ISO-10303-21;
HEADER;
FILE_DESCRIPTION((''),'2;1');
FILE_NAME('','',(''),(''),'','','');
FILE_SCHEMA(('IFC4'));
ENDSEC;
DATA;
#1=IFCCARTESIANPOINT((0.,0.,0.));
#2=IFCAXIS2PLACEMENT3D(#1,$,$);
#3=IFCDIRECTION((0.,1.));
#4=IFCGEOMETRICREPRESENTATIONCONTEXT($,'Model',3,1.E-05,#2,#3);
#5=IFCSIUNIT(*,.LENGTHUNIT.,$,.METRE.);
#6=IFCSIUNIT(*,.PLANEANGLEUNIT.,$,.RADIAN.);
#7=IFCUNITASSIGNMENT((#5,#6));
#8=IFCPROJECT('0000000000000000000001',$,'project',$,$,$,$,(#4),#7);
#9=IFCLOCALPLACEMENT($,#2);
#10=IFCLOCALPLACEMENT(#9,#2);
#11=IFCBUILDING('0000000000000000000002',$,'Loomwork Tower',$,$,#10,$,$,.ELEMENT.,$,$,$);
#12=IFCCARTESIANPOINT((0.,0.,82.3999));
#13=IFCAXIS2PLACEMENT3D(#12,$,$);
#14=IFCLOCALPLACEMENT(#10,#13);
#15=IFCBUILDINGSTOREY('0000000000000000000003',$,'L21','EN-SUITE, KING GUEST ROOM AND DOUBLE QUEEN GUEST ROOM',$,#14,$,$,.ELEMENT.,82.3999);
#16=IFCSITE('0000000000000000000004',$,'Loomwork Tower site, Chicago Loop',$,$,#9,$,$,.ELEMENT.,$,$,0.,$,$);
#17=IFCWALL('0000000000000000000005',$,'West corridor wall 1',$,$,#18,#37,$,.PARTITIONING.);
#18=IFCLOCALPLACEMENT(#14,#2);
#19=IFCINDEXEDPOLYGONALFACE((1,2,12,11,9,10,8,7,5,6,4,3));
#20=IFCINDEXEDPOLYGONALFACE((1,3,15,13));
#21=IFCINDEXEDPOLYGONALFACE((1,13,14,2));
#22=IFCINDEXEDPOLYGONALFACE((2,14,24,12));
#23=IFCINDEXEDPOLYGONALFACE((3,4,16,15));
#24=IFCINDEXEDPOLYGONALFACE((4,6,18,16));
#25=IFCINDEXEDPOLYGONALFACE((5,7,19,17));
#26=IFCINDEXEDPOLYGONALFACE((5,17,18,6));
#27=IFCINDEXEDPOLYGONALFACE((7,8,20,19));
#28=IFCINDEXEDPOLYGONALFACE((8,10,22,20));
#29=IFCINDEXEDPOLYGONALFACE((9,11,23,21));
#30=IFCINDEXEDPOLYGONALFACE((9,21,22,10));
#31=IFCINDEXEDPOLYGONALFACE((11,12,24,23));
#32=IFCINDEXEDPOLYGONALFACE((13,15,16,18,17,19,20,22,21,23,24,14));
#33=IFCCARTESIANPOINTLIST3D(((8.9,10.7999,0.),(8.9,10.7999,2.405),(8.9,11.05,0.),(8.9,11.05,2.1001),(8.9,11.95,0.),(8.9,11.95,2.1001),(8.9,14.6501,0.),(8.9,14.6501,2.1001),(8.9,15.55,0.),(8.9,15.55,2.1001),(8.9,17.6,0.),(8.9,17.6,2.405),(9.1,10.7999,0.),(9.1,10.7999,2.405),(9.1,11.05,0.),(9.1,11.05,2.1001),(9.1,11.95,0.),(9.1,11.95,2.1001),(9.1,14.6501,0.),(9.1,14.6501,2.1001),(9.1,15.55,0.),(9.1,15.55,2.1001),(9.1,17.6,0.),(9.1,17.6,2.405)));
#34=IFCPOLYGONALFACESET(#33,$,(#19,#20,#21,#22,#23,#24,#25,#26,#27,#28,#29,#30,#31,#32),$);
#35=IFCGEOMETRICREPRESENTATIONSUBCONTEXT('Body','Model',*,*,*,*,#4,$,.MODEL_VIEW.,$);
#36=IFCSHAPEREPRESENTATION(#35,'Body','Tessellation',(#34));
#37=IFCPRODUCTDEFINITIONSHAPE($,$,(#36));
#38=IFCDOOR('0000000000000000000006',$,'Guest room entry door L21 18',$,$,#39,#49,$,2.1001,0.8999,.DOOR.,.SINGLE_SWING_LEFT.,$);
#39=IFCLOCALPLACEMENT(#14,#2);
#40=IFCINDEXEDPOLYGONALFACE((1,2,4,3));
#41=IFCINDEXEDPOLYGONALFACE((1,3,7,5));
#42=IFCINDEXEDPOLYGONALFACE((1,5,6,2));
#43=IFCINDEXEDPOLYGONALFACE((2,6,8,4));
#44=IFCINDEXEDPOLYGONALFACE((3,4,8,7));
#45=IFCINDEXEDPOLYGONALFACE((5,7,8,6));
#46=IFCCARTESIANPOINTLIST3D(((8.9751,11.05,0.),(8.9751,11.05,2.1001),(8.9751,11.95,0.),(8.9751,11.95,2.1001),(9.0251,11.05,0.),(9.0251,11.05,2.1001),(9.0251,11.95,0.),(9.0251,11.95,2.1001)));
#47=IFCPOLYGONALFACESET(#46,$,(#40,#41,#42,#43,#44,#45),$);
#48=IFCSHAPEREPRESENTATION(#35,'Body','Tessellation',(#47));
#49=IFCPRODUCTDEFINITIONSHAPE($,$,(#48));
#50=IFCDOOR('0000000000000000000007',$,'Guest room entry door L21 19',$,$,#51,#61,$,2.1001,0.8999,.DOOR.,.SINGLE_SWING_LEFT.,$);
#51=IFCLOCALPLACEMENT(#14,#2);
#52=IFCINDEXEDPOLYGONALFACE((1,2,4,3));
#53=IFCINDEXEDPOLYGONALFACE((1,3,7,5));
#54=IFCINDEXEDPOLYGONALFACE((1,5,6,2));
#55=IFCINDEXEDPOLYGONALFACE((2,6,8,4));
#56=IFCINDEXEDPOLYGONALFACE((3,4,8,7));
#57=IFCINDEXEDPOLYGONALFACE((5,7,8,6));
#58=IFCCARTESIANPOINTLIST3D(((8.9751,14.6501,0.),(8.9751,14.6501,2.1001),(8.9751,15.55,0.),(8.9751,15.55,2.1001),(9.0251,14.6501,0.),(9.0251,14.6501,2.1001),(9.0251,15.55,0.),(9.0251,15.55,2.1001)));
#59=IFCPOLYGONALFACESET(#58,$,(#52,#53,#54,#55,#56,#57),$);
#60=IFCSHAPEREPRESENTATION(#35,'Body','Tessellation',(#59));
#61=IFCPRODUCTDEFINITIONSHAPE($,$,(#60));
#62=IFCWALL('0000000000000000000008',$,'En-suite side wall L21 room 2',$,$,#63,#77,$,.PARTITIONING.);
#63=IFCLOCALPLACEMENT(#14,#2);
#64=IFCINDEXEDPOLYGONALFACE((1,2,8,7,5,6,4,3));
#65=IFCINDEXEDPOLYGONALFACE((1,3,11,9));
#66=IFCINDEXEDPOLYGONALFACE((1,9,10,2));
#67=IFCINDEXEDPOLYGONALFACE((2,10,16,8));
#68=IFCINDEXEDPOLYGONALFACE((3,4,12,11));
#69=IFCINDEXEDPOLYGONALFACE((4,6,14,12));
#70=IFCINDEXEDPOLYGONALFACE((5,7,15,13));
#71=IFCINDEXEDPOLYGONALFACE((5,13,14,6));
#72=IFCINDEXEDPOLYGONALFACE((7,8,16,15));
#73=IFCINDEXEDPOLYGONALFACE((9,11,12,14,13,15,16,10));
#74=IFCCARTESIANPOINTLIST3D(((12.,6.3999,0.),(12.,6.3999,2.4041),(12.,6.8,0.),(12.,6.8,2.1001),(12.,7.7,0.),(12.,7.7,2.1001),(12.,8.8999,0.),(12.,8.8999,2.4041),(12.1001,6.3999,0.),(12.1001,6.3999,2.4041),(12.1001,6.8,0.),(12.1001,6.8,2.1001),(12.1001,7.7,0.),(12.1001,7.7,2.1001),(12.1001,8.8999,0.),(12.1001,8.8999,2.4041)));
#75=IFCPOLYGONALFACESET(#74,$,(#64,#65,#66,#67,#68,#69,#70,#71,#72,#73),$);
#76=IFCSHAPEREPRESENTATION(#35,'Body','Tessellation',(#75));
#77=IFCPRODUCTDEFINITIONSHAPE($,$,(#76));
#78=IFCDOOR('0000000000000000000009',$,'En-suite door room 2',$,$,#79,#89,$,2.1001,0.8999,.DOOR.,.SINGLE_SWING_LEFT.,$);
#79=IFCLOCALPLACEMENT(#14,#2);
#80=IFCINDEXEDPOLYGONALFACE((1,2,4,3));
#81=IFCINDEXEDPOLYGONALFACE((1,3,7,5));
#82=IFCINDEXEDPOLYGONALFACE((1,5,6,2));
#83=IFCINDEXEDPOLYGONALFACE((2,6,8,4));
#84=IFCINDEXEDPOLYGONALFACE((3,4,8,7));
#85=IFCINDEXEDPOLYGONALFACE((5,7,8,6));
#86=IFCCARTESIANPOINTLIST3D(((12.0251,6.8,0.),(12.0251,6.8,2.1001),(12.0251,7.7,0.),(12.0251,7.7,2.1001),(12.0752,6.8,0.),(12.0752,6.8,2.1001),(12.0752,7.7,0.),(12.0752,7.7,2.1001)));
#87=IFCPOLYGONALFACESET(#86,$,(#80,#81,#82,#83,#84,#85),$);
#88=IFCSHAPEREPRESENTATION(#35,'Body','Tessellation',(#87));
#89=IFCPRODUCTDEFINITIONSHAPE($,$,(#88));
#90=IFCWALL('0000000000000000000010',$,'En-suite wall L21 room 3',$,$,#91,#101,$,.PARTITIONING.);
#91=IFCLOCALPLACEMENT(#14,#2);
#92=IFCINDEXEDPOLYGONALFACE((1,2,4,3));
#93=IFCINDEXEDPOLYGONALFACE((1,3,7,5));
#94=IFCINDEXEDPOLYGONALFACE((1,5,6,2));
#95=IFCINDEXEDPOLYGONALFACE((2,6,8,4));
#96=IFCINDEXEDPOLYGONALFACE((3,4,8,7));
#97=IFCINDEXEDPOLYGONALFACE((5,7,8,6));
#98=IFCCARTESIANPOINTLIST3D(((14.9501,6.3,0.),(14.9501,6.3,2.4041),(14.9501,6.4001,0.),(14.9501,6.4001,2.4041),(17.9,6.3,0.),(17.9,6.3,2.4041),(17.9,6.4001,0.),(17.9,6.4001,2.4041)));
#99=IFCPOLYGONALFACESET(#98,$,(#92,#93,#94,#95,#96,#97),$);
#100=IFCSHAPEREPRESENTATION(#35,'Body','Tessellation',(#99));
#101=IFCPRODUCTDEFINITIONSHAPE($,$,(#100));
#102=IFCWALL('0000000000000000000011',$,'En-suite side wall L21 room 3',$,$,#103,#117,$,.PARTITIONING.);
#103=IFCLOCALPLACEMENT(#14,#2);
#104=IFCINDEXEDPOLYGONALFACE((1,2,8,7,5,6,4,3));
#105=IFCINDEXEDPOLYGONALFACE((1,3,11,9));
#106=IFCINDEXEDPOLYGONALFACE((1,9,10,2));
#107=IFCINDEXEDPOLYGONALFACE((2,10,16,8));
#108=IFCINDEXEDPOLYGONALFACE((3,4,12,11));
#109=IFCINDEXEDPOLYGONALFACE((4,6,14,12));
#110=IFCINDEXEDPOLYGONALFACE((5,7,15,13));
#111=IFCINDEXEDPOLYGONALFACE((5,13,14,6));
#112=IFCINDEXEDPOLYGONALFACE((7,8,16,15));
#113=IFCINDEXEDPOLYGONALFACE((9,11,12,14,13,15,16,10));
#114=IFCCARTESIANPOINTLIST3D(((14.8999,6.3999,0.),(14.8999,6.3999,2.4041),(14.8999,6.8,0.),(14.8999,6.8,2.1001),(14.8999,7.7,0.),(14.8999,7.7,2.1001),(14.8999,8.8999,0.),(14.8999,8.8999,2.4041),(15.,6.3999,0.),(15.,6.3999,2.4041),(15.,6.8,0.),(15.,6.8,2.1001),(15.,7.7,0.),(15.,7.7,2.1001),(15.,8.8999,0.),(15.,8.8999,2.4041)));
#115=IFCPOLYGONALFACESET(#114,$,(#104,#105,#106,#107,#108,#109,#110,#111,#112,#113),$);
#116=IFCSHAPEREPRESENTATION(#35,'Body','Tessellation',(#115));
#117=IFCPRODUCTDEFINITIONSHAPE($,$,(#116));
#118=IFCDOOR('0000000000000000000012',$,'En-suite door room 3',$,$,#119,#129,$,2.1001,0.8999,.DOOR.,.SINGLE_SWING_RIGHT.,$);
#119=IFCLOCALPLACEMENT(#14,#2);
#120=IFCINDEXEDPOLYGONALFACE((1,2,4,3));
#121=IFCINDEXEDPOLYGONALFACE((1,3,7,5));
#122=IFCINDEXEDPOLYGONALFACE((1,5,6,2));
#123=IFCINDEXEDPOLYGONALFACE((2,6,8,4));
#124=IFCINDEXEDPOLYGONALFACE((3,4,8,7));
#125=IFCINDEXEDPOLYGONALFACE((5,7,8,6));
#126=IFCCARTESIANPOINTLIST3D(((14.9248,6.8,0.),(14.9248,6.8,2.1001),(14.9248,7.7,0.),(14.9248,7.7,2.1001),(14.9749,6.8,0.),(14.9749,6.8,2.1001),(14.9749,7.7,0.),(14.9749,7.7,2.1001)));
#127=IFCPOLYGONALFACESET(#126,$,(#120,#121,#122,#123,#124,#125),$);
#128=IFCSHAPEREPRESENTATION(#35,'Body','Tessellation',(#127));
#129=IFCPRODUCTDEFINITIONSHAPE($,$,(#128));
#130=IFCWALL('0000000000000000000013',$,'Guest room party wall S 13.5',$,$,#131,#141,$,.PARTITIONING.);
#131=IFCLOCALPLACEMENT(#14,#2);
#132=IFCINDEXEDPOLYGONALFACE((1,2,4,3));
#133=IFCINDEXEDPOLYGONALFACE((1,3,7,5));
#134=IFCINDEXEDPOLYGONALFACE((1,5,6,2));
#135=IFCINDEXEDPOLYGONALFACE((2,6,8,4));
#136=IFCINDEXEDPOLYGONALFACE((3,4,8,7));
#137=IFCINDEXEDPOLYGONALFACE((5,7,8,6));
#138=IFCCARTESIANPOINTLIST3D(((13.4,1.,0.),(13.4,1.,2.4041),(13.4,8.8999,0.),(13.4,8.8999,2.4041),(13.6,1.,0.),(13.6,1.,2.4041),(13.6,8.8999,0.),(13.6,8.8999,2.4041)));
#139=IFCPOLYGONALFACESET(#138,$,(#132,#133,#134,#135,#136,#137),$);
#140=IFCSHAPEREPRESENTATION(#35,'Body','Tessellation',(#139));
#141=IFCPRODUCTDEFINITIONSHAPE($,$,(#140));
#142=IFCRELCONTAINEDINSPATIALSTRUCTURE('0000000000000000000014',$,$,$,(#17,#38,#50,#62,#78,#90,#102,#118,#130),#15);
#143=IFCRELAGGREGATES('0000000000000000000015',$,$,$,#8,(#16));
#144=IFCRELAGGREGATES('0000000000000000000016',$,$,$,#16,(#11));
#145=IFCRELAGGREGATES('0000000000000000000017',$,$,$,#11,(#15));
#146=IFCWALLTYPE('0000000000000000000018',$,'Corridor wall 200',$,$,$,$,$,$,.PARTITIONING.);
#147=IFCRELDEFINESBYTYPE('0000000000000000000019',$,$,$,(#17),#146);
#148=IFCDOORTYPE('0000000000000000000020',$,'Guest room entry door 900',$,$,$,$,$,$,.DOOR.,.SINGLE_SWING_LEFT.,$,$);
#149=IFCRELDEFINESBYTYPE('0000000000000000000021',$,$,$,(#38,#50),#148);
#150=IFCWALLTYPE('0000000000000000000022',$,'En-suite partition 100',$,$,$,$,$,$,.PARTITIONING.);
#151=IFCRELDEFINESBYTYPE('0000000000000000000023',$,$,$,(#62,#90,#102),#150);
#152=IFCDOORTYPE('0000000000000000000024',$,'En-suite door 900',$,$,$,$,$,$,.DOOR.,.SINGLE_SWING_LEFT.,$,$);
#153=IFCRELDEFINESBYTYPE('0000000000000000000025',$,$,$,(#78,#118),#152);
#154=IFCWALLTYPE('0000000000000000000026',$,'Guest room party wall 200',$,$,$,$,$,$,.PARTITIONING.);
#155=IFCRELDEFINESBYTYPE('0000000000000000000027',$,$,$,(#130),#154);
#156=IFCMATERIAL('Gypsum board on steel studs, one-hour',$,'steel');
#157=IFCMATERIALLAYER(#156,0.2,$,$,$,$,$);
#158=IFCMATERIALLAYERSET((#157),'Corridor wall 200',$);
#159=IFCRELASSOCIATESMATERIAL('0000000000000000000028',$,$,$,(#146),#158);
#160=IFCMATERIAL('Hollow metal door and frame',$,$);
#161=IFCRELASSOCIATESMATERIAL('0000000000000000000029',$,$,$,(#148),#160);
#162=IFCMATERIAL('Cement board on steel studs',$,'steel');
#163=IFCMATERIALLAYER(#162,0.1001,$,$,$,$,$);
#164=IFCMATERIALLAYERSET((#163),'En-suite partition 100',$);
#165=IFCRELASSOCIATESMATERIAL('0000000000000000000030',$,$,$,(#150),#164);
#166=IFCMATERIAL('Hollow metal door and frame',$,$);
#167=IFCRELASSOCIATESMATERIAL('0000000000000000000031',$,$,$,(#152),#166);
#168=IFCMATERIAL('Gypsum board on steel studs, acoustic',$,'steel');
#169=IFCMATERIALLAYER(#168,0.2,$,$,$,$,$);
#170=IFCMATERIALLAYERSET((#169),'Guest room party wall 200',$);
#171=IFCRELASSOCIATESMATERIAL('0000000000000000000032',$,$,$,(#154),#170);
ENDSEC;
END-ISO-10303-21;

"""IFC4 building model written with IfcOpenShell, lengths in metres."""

from ifc_helpers import new_model, si_unit, direction, frame, frame_2d, origin, place, context, subcontext, project, spatial, rectangle, extrude, material, layer, layer_set, type_object, element, fill, save


model = new_model("IFC4")

# Units and contexts
model_context = context("Model", 3, precision=1e-05, world=origin(), true_north=direction((0.0, 1.0)))
body_context = subcontext(model_context, "Body", "Model", "MODEL_VIEW")
ifc_project = project(units=[si_unit("LENGTHUNIT", "METRE"), si_unit("PLANEANGLEUNIT", "RADIAN")], contexts=[model_context])

# Site, building, storey
site_placement = place(None, origin())
site = spatial("IfcSite", under=ifc_project, at=site_placement, Name="Loomwork Tower site, Chicago Loop", CompositionType="ELEMENT", RefElevation=0.0)
building_placement = place(site_placement, origin())
building = spatial("IfcBuilding", under=site, at=building_placement, Name="Loomwork Tower", CompositionType="ELEMENT")
storey_placement = place(building_placement, frame((0.0, 0.0, 82.3999)))
storey = spatial("IfcBuildingStorey", under=building, at=storey_placement, Name="L21", Description="EN-SUITE, KING GUEST ROOM AND DOUBLE QUEEN GUEST ROOM", CompositionType="ELEMENT", Elevation=82.3999)

# Wall, openings, doors
ifc_material_1 = material(Name="Gypsum board on steel studs, one-hour", Category="steel")
ifc_layer_1 = layer(ifc_material_1, 0.2)
ifc_layer_set_1 = layer_set([ifc_layer_1], Name="Corridor wall 200")
wall_type_1 = type_object("IfcWallType", Name="Corridor wall 200", PredefinedType="PARTITIONING", material=ifc_layer_set_1)
ifc_material_2 = material(Name="Hollow metal door and frame")
door_type_1 = type_object("IfcDoorType", Name="Guest room entry door 900", OperationType="SINGLE_SWING_LEFT", PredefinedType="DOOR", material=ifc_material_2)
wall_1_placement = place(storey_placement, frame((9.0, 10.8, 0.0), z_axis=(0.0, 0.0, 1.0), x_axis=(0.0, 1.0, 0.0)))
wall_1 = element("IfcWall", 1, at=wall_1_placement, inside=storey, type_object=wall_type_1, Name="West corridor wall 1", PredefinedType="PARTITIONING", context=body_context, shape_type="SweptSolid", body=[
    extrude(rectangle(XDim=6.8, YDim=0.2, at=frame_2d((3.3999, 0.0))), origin(), (0.0, 0.0, 1.0), 2.405),
])
opening_1_placement = place(wall_1_placement, frame((0.25, 0.0, 0.0)))
opening_1 = element("IfcOpeningElement", 2, at=opening_1_placement, cuts=wall_1, PredefinedType="OPENING", context=body_context, shape_type="SweptSolid", body=[
    extrude(rectangle(XDim=0.8999, YDim=2.1001, at=frame_2d((0.45, 1.05))), frame((0.0, 0.1099, 0.0), z_axis=(0.0, -1.0, 0.0), x_axis=(1.0, 0.0, 0.0)), (0.0, 0.0, 1.0), 0.22),
])
opening_2_placement = place(wall_1_placement, frame((3.8501, 0.0, 0.0)))
opening_2 = element("IfcOpeningElement", 3, at=opening_2_placement, cuts=wall_1, PredefinedType="OPENING", context=body_context, shape_type="SweptSolid", body=[
    extrude(rectangle(XDim=0.8999, YDim=2.1001, at=frame_2d((0.45, 1.05))), frame((0.0, 0.1099, 0.0), z_axis=(0.0, -1.0, 0.0), x_axis=(1.0, 0.0, 0.0)), (0.0, 0.0, 1.0), 0.22),
])
door_1_placement = place(opening_1_placement, origin())
door_1 = element("IfcDoor", 4, at=door_1_placement, inside=storey, type_object=door_type_1, Name="Guest room entry door L21 18", OperationType="SINGLE_SWING_LEFT", OverallHeight=2.1001, OverallWidth=0.8999, PredefinedType="DOOR", context=body_context, shape_type="SweptSolid", body=[
    extrude(rectangle(XDim=0.8999, YDim=2.1001, at=frame_2d((0.45, 1.05))), frame((0.0, 0.0249, 0.0), z_axis=(0.0, -1.0, 0.0), x_axis=(1.0, 0.0, 0.0)), (0.0, 0.0, 1.0), 0.05),
])
fill(opening_1, door_1)
door_2_placement = place(opening_2_placement, origin())
door_2 = element("IfcDoor", 5, at=door_2_placement, inside=storey, type_object=door_type_1, Name="Guest room entry door L21 19", OperationType="SINGLE_SWING_LEFT", OverallHeight=2.1001, OverallWidth=0.8999, PredefinedType="DOOR", context=body_context, shape_type="SweptSolid", body=[
    extrude(rectangle(XDim=0.8999, YDim=2.1001, at=frame_2d((0.45, 1.05))), frame((0.0, 0.0249, 0.0), z_axis=(0.0, -1.0, 0.0), x_axis=(1.0, 0.0, 0.0)), (0.0, 0.0, 1.0), 0.05),
])
fill(opening_2, door_2)

# Wall, opening, door
ifc_material_3 = material(Name="Cement board on steel studs", Category="steel")
ifc_layer_2 = layer(ifc_material_3, 0.1001)
ifc_layer_set_2 = layer_set([ifc_layer_2], Name="En-suite partition 100")
wall_type_2 = type_object("IfcWallType", Name="En-suite partition 100", PredefinedType="PARTITIONING", material=ifc_layer_set_2)
wall_2_placement = place(storey_placement, frame((12.05, 8.8999, 0.0), z_axis=(0.0, 0.0, 1.0), x_axis=(0.0, -1.0, 0.0)))
wall_2 = element("IfcWall", 6, at=wall_2_placement, inside=storey, type_object=wall_type_2, Name="En-suite side wall L21 room 2", PredefinedType="PARTITIONING", context=body_context, shape_type="SweptSolid", body=[
    extrude(rectangle(XDim=2.5, YDim=0.1001, at=frame_2d((1.25, 0.0))), origin(), (0.0, 0.0, 1.0), 2.4041),
])
opening_3_placement = place(wall_2_placement, frame((1.2, 0.0, 0.0)))
opening_3 = element("IfcOpeningElement", 7, at=opening_3_placement, cuts=wall_2, PredefinedType="OPENING", context=body_context, shape_type="SweptSolid", body=[
    extrude(rectangle(XDim=0.8999, YDim=2.1001, at=frame_2d((0.45, 1.05))), frame((0.0, 0.0601, 0.0), z_axis=(0.0, -1.0, 0.0), x_axis=(1.0, 0.0, 0.0)), (0.0, 0.0, 1.0), 0.1201),
])
ifc_material_4 = material(Name="Hollow metal door and frame")
door_type_2 = type_object("IfcDoorType", Name="En-suite door 900", OperationType="SINGLE_SWING_LEFT", PredefinedType="DOOR", material=ifc_material_4)
door_3_placement = place(opening_3_placement, frame((0.8999, 0.0, 0.0), z_axis=(0.0, 0.0, 1.0), x_axis=(-1.0, 0.0, 0.0)))
door_3 = element("IfcDoor", 8, at=door_3_placement, inside=storey, type_object=door_type_2, Name="En-suite door room 2", OperationType="SINGLE_SWING_LEFT", OverallHeight=2.1001, OverallWidth=0.8999, PredefinedType="DOOR", context=body_context, shape_type="SweptSolid", body=[
    extrude(rectangle(XDim=0.8999, YDim=2.1001, at=frame_2d((0.45, 1.05))), frame((0.0, 0.0249, 0.0), z_axis=(0.0, -1.0, 0.0), x_axis=(1.0, 0.0, 0.0)), (0.0, 0.0, 1.0), 0.05),
])
fill(opening_3, door_3)

# Wall
wall_3_placement = place(storey_placement, frame((14.95, 6.3501, 0.0), z_axis=(0.0, 0.0, 1.0), x_axis=(1.0, 0.0, 0.0)))
element("IfcWall", 9, at=wall_3_placement, inside=storey, type_object=wall_type_2, Name="En-suite wall L21 room 3", PredefinedType="PARTITIONING", context=body_context, shape_type="SweptSolid", body=[
    extrude(rectangle(XDim=2.95, YDim=0.1001, at=frame_2d((1.4751, 0.0))), origin(), (0.0, 0.0, 1.0), 2.4041),
])

# Wall, opening, door
wall_4_placement = place(storey_placement, frame((14.95, 8.8999, 0.0), z_axis=(0.0, 0.0, 1.0), x_axis=(0.0, -1.0, 0.0)))
wall_4 = element("IfcWall", 10, at=wall_4_placement, inside=storey, type_object=wall_type_2, Name="En-suite side wall L21 room 3", PredefinedType="PARTITIONING", context=body_context, shape_type="SweptSolid", body=[
    extrude(rectangle(XDim=2.5, YDim=0.1001, at=frame_2d((1.25, 0.0))), origin(), (0.0, 0.0, 1.0), 2.4041),
])
opening_4_placement = place(wall_4_placement, frame((1.2, 0.0, 0.0)))
opening_4 = element("IfcOpeningElement", 11, at=opening_4_placement, cuts=wall_4, PredefinedType="OPENING", context=body_context, shape_type="SweptSolid", body=[
    extrude(rectangle(XDim=0.8999, YDim=2.1001, at=frame_2d((0.45, 1.05))), frame((0.0, 0.0601, 0.0), z_axis=(0.0, -1.0, 0.0), x_axis=(1.0, 0.0, 0.0)), (0.0, 0.0, 1.0), 0.1201),
])
door_4_placement = place(opening_4_placement, origin())
door_4 = element("IfcDoor", 12, at=door_4_placement, inside=storey, type_object=door_type_2, Name="En-suite door room 3", OperationType="SINGLE_SWING_RIGHT", OverallHeight=2.1001, OverallWidth=0.8999, PredefinedType="DOOR", context=body_context, shape_type="SweptSolid", body=[
    extrude(rectangle(XDim=0.8999, YDim=2.1001, at=frame_2d((0.45, 1.05))), frame((0.0, 0.0249, 0.0), z_axis=(0.0, -1.0, 0.0), x_axis=(1.0, 0.0, 0.0)), (0.0, 0.0, 1.0), 0.05),
])
fill(opening_4, door_4)

# Wall
ifc_material_5 = material(Name="Gypsum board on steel studs, acoustic", Category="steel")
ifc_layer_3 = layer(ifc_material_5, 0.2)
ifc_layer_set_3 = layer_set([ifc_layer_3], Name="Guest room party wall 200")
wall_type_3 = type_object("IfcWallType", Name="Guest room party wall 200", PredefinedType="PARTITIONING", material=ifc_layer_set_3)
wall_5_placement = place(storey_placement, frame((13.5, 8.8999, 0.0), z_axis=(0.0, 0.0, 1.0), x_axis=(0.0, -1.0, 0.0)))
element("IfcWall", 13, at=wall_5_placement, inside=storey, type_object=wall_type_3, Name="Guest room party wall S 13.5", PredefinedType="PARTITIONING", context=body_context, shape_type="SweptSolid", body=[
    extrude(rectangle(XDim=7.8999, YDim=0.2, at=frame_2d((3.95, 0.0))), origin(), (0.0, 0.0, 1.0), 2.4041),
])

save(model, "model.ifc")
